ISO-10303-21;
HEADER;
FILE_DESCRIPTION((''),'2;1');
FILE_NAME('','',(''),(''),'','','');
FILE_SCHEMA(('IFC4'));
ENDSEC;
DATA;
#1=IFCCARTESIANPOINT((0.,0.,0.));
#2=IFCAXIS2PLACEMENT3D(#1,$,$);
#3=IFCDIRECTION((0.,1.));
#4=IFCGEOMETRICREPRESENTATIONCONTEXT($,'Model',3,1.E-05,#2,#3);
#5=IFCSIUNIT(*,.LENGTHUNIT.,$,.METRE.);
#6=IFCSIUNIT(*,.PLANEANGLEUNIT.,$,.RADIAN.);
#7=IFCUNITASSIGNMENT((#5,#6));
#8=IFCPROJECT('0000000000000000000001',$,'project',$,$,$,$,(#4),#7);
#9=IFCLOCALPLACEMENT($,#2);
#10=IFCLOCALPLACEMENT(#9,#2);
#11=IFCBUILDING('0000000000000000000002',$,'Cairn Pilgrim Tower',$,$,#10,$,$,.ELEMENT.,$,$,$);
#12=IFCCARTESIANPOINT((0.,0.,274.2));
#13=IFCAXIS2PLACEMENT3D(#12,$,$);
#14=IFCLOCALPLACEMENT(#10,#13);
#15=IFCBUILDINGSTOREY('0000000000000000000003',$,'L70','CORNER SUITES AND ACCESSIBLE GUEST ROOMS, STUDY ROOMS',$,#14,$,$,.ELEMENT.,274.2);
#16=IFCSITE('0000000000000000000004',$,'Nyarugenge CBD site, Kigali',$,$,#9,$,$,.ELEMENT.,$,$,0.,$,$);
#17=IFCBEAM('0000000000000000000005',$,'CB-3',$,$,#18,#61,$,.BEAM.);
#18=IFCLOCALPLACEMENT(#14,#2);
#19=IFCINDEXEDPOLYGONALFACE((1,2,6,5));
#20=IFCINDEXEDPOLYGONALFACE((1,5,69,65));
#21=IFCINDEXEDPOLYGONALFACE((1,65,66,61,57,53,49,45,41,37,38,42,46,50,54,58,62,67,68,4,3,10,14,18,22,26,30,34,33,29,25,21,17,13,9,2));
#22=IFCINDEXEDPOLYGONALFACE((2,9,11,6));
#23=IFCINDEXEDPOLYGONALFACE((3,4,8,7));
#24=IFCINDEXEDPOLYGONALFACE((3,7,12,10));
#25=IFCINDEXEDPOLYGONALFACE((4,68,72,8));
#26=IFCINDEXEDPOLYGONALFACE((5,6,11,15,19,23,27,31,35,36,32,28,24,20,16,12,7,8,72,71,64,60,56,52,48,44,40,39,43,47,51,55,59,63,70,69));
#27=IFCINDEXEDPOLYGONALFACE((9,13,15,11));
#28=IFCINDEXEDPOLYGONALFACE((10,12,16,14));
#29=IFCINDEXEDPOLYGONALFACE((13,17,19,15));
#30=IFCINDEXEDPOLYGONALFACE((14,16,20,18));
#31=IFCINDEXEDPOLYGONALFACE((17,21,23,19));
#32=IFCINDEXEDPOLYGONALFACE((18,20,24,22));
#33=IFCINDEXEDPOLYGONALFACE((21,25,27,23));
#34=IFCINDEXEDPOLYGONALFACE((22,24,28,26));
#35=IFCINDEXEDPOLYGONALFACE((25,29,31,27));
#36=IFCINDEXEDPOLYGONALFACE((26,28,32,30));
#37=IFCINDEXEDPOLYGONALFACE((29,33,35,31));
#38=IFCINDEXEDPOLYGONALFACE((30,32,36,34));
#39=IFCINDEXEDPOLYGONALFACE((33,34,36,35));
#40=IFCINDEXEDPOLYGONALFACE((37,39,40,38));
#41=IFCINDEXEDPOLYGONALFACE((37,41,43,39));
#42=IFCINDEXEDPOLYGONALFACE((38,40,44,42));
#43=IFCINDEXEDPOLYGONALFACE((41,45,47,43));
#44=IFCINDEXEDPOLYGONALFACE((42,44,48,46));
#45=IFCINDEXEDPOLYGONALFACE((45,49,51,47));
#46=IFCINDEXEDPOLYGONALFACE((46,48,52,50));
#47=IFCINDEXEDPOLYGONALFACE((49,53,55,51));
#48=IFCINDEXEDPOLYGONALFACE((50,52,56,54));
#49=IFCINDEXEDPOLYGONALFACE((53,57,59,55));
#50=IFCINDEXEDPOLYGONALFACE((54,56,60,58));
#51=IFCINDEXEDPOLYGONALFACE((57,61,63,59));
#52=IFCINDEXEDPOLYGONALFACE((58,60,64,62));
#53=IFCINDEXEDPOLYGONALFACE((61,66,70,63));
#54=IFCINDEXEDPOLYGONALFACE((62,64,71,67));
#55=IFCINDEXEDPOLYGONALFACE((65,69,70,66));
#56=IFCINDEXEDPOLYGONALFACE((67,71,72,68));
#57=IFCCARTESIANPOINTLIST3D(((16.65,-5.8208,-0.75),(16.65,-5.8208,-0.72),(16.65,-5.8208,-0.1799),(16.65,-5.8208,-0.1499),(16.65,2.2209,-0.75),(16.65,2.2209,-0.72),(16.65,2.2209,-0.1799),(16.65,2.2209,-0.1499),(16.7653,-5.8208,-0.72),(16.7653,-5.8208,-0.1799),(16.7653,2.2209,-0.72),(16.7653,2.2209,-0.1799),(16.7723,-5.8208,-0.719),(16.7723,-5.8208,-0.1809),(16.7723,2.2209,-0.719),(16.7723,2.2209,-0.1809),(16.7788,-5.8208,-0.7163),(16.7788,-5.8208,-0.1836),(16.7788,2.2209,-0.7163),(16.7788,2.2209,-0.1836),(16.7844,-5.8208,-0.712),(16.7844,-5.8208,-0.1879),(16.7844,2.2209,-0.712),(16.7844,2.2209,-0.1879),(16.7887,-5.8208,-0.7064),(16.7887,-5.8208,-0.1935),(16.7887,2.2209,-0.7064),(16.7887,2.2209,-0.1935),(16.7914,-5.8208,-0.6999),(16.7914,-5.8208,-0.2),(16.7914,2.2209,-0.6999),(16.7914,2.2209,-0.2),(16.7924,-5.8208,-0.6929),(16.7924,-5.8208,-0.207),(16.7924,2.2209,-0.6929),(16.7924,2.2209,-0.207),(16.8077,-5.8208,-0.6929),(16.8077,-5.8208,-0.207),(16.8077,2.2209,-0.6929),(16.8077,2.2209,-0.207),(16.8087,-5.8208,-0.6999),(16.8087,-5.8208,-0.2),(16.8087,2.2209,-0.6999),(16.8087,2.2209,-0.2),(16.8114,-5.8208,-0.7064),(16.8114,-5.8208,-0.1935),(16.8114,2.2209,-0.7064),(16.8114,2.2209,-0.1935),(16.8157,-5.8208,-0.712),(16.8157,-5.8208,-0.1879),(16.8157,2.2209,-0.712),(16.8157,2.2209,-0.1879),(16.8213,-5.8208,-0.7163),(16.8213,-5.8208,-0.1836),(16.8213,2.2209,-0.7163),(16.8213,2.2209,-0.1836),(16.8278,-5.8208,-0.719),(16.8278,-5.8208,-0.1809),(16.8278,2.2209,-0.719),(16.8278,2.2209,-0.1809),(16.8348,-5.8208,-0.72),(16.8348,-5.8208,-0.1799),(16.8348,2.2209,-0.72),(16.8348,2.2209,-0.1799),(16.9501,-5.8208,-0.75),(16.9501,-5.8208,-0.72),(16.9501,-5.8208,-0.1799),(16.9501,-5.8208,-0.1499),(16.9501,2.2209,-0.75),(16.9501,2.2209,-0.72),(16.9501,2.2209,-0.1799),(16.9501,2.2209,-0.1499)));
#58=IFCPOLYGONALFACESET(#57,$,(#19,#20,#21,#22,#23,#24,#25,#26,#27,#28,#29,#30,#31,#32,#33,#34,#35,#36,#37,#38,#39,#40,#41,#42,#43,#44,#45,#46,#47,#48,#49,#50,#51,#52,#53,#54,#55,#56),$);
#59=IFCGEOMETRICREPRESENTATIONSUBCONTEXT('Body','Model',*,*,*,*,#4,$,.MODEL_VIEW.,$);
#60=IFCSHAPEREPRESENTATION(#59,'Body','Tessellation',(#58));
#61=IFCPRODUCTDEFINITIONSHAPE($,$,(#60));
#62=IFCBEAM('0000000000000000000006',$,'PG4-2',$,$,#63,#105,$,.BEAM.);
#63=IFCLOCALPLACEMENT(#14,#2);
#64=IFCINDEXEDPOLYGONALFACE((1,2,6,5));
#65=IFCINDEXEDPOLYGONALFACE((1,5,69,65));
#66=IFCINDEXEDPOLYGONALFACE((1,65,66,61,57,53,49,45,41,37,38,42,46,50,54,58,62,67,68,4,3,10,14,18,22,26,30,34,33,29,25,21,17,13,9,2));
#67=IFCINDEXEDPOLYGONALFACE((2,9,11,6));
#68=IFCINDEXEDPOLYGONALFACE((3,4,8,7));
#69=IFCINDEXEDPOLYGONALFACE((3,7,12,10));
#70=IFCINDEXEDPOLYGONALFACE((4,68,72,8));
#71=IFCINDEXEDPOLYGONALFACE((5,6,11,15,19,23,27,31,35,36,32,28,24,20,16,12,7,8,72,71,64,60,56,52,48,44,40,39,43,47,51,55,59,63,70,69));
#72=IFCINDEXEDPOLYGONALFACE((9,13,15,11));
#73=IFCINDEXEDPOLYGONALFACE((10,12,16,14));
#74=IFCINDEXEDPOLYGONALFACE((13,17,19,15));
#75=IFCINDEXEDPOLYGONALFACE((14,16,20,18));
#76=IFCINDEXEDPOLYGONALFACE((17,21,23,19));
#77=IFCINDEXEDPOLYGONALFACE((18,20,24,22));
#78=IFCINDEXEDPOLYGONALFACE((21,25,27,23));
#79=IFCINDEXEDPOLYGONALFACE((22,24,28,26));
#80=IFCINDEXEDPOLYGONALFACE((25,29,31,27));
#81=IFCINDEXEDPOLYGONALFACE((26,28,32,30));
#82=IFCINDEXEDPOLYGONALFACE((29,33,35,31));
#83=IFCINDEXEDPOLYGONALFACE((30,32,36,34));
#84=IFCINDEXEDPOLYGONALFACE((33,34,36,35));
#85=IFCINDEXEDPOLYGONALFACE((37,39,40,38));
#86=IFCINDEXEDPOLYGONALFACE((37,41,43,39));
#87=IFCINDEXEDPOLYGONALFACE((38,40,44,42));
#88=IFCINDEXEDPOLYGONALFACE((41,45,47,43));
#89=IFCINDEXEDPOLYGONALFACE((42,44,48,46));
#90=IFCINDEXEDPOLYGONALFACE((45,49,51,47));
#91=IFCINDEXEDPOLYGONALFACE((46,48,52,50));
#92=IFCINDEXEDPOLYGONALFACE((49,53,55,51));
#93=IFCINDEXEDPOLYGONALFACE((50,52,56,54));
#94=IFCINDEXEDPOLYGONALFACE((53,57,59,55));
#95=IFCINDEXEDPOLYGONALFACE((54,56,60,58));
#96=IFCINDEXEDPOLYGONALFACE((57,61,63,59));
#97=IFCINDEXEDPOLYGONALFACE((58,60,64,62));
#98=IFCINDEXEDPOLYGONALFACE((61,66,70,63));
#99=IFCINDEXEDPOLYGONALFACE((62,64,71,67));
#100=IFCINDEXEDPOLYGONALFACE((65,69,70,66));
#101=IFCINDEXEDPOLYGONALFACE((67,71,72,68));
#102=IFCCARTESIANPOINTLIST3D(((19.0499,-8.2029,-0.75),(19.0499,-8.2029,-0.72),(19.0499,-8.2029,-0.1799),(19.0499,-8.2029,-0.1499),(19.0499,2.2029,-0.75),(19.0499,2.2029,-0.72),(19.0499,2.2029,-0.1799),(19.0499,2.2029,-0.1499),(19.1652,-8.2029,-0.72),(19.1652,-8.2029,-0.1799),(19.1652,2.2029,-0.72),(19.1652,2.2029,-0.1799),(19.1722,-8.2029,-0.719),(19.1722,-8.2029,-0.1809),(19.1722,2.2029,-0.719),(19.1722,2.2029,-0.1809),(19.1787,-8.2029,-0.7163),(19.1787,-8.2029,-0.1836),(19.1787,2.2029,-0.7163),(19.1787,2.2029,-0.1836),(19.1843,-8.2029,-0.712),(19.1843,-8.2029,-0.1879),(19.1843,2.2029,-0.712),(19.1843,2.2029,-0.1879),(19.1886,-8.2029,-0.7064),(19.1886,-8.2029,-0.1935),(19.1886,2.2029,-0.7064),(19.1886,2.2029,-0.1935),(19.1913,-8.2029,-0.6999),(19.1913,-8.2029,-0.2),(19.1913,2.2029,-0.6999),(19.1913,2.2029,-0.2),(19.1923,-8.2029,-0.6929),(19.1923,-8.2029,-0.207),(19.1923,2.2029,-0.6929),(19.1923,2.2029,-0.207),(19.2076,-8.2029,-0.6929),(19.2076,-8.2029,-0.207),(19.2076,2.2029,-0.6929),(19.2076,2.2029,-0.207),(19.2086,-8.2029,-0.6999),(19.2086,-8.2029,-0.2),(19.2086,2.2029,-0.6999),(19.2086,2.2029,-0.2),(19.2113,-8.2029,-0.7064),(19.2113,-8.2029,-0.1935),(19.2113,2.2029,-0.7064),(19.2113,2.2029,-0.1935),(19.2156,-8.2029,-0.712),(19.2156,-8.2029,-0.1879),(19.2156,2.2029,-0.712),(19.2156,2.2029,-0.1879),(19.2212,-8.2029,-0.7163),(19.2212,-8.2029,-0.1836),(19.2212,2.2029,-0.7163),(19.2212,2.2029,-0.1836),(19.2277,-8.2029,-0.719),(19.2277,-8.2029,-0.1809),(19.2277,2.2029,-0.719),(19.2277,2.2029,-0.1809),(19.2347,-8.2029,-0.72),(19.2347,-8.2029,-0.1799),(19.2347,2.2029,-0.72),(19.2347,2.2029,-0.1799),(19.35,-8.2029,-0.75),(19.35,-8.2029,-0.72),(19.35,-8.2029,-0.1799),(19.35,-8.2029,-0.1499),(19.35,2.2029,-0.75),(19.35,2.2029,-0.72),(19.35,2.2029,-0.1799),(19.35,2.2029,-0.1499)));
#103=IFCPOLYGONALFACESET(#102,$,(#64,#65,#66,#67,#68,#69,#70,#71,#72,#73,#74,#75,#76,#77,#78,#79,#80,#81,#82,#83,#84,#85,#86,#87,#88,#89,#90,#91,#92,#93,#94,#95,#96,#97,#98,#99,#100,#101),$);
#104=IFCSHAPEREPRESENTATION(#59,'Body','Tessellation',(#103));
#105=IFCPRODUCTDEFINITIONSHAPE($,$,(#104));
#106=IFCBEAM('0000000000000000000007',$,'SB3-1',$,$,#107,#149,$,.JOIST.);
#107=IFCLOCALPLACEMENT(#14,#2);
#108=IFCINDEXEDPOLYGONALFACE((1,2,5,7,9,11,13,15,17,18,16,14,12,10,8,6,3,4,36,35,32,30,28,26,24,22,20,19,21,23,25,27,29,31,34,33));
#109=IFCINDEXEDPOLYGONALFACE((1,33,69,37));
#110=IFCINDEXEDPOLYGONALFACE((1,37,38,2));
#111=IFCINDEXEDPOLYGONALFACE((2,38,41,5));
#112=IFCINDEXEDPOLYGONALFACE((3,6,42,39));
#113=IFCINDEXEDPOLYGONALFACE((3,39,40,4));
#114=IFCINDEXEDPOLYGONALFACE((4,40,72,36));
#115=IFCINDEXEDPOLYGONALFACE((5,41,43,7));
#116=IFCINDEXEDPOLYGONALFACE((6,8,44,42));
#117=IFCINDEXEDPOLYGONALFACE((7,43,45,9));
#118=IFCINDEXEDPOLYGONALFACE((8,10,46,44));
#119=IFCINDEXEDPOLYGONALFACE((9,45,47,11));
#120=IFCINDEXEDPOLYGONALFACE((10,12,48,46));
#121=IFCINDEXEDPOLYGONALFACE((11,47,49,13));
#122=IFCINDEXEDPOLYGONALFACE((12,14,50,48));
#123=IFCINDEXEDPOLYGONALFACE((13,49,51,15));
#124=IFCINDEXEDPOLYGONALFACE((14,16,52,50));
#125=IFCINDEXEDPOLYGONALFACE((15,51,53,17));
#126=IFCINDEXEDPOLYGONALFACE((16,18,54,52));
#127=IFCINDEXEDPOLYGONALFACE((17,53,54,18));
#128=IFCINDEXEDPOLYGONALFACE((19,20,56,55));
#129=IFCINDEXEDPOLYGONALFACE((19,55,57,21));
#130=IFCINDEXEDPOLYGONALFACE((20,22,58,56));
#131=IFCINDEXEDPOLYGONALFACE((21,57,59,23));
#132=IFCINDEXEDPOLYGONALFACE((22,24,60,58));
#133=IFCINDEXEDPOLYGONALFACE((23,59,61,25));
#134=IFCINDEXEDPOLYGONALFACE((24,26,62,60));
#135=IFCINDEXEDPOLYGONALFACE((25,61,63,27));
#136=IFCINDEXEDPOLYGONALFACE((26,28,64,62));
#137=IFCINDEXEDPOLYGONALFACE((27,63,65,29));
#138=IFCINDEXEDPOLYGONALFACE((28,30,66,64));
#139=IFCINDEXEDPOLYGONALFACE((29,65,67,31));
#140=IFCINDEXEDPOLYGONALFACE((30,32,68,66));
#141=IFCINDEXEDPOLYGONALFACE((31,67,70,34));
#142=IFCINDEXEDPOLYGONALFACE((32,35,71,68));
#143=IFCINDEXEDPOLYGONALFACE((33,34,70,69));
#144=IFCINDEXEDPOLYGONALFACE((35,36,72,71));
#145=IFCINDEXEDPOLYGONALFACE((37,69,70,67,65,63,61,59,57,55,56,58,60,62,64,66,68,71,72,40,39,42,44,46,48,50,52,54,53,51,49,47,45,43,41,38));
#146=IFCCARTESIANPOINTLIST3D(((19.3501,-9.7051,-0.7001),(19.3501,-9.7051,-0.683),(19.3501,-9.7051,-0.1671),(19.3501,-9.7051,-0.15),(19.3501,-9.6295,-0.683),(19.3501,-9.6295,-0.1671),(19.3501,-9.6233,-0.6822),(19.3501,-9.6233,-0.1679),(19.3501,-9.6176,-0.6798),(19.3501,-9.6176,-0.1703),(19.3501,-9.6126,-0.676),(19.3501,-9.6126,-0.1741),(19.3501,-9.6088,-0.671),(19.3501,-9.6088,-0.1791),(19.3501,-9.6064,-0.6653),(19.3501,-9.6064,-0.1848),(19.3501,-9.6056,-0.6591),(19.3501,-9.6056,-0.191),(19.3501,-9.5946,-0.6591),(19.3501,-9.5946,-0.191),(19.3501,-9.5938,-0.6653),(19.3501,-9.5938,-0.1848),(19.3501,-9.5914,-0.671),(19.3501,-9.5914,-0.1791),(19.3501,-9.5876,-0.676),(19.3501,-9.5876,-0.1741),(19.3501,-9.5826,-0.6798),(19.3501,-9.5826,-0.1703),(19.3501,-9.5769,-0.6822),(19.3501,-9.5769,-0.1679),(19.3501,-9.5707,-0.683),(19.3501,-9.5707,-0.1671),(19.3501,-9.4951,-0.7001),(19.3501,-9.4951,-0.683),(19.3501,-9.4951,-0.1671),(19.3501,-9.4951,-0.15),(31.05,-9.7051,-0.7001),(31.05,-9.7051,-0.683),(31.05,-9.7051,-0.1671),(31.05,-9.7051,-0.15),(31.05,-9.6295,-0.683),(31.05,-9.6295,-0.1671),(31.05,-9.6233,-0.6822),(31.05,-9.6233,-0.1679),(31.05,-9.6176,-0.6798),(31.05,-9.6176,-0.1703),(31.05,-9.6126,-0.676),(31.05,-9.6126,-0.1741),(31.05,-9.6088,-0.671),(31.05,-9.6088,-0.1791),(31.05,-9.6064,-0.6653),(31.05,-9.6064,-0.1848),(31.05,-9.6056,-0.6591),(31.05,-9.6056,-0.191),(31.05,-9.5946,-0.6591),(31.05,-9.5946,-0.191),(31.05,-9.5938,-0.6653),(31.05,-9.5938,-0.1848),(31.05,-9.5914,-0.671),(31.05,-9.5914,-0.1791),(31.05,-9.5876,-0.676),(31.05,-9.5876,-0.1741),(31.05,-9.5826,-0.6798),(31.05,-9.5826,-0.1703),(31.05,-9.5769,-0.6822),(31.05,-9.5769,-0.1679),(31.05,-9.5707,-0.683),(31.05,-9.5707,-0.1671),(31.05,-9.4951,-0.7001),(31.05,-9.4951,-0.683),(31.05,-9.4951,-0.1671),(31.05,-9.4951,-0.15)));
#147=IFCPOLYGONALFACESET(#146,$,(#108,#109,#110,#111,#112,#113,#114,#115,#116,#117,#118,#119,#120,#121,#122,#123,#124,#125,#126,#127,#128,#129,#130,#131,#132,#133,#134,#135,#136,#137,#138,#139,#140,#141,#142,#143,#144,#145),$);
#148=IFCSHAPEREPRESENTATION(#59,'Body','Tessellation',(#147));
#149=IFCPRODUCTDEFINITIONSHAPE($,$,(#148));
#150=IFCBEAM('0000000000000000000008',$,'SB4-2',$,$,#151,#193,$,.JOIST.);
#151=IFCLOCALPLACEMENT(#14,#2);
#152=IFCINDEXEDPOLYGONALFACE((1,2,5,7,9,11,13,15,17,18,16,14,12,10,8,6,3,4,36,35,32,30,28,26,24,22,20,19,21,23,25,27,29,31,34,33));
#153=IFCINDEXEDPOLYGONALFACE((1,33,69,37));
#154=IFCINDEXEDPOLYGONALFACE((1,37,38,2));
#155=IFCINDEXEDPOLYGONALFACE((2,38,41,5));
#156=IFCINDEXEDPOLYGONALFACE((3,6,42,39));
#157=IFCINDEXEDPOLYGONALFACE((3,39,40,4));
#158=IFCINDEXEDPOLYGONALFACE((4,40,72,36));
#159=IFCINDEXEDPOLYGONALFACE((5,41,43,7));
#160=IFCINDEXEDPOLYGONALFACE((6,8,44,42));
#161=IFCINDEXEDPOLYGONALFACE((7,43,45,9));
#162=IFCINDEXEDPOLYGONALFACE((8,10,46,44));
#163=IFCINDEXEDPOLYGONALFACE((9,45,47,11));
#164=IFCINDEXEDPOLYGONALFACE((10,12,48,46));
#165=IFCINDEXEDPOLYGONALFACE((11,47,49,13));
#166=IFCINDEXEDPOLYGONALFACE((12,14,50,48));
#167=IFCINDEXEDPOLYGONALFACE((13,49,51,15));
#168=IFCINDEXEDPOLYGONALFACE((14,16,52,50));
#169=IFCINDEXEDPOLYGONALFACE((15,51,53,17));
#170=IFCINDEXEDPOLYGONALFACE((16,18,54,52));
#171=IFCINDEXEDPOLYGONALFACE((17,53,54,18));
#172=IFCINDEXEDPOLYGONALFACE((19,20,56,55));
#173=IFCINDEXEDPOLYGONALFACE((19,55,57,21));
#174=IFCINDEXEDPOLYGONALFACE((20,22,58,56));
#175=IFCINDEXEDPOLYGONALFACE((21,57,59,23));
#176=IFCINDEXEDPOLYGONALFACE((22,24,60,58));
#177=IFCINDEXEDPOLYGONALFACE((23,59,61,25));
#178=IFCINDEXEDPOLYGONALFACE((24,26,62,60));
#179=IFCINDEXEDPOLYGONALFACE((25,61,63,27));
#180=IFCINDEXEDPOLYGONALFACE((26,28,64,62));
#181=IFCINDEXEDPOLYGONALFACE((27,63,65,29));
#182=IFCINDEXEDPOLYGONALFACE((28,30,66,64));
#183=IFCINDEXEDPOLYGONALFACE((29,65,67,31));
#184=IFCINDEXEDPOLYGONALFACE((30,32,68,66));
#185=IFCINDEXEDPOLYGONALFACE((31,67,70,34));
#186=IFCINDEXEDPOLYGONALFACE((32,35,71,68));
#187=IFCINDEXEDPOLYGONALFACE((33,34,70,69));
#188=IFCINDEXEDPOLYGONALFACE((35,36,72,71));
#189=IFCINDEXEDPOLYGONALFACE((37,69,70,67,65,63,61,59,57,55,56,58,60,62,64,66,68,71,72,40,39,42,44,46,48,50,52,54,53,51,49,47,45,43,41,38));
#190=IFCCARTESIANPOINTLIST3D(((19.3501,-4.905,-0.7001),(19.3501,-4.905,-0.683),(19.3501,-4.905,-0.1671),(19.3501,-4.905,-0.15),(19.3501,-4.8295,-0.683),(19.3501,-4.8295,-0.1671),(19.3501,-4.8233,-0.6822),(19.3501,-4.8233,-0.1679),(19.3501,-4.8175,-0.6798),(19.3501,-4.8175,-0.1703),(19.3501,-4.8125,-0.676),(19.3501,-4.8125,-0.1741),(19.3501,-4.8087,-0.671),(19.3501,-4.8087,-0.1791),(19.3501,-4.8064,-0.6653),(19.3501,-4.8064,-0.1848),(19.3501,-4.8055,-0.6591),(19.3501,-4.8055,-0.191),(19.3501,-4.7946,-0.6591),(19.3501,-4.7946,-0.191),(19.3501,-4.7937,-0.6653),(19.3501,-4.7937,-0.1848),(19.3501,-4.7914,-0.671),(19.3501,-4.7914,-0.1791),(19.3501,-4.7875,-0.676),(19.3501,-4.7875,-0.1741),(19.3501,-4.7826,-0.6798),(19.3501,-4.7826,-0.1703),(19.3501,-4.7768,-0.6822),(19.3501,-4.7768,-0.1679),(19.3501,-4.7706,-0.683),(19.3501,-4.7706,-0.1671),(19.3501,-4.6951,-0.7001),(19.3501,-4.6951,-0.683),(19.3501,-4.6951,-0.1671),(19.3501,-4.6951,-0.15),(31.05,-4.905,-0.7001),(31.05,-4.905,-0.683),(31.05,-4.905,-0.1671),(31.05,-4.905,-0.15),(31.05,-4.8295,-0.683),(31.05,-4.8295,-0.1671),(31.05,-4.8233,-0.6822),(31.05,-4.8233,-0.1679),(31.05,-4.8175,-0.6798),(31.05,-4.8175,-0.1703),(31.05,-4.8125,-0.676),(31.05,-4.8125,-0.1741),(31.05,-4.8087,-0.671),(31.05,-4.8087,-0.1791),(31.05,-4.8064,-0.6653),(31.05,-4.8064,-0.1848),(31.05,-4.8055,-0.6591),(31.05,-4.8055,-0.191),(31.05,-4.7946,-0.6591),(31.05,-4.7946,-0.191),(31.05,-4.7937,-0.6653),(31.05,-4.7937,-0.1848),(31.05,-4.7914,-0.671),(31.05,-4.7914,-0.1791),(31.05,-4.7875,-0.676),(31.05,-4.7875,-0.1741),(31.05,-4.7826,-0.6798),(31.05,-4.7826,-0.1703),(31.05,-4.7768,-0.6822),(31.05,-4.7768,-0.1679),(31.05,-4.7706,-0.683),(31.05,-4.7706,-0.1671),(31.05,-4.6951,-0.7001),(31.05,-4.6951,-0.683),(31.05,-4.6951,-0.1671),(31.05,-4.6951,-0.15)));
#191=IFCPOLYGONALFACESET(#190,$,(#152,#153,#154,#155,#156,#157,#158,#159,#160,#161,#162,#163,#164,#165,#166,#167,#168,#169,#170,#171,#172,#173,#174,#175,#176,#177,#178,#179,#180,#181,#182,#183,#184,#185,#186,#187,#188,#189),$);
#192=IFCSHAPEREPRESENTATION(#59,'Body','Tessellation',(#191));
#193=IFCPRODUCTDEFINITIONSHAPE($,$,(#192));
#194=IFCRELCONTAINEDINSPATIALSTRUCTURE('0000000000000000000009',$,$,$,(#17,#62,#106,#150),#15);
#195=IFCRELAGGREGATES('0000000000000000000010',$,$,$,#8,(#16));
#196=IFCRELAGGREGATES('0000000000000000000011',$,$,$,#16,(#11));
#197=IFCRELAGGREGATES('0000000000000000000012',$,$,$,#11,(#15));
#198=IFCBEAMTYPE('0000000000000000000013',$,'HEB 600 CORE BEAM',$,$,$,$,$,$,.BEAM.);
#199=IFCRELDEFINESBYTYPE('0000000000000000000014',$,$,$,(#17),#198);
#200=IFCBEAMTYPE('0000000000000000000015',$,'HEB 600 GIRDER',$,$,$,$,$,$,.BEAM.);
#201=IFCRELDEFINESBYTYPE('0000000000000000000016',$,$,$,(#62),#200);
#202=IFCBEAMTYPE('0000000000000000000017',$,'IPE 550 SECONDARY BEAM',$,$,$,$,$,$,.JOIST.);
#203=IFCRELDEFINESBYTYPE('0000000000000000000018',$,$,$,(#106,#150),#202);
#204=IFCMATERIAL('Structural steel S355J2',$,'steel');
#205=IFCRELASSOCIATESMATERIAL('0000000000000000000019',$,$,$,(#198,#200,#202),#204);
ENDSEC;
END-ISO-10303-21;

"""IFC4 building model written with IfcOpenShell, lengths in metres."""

from ifc_helpers import new_model, si_unit, direction, frame, origin, origin_2d, place, context, subcontext, project, spatial, i_section, extrude, material, material_profile, profile_set, type_object, element, save


model = new_model("IFC4")

# Units and contexts
model_context = context("Model", 3, precision=1e-05, world=origin(), true_north=direction((0.0, 1.0)))
body_context = subcontext(model_context, "Body", "Model", "MODEL_VIEW")
ifc_project = project(units=[si_unit("LENGTHUNIT", "METRE"), si_unit("PLANEANGLEUNIT", "RADIAN")], contexts=[model_context])

# Site, building, storey
site_placement = place(None, origin())
site = spatial("IfcSite", under=ifc_project, at=site_placement, Name="Nyarugenge CBD site, Kigali", CompositionType="ELEMENT", RefElevation=0.0)
building_placement = place(site_placement, origin())
building = spatial("IfcBuilding", under=site, at=building_placement, Name="Cairn Pilgrim Tower", CompositionType="ELEMENT")
storey_placement = place(building_placement, frame((0.0, 0.0, 274.2)))
storey = spatial("IfcBuildingStorey", under=building, at=storey_placement, Name="L70", Description="CORNER SUITES AND ACCESSIBLE GUEST ROOMS, STUDY ROOMS", CompositionType="ELEMENT", Elevation=274.2)

# Shared definitions
ifc_material_1 = material(Name="Structural steel S355J2", Category="steel")

# Beams
ifc_material_profile_1 = material_profile(ifc_material_1, i_section(OverallWidth=0.3, OverallDepth=0.6001, WebThickness=0.0154, FlangeThickness=0.03, FilletRadius=0.0271, at=origin_2d()), Name="HEB 600")
ifc_profile_set_1 = profile_set([ifc_material_profile_1], Name="Structural steel S355J2")
beam_type_1 = type_object("IfcBeamType", Name="HEB 600 CORE BEAM", PredefinedType="BEAM", material=ifc_profile_set_1)
beam_1_placement = place(storey_placement, frame((16.8, -5.8208, -0.45), z_axis=(0.0, 1.0, 0.0), x_axis=(-1.0, 0.0, 0.0)))
element("IfcBeam", 1, at=beam_1_placement, inside=storey, type_object=beam_type_1, Name="CB-3", PredefinedType="BEAM", context=body_context, shape_type="SweptSolid", body=[
    extrude(i_section(OverallWidth=0.3, OverallDepth=0.6001, WebThickness=0.0154, FlangeThickness=0.03, FilletRadius=0.0271, at=origin_2d()), origin(), (0.0, 0.0, 1.0), 8.0417),
])
ifc_material_profile_2 = material_profile(ifc_material_1, i_section(OverallWidth=0.3, OverallDepth=0.6001, WebThickness=0.0154, FlangeThickness=0.03, FilletRadius=0.0271, at=origin_2d()), Name="HEB 600")
ifc_profile_set_2 = profile_set([ifc_material_profile_2], Name="Structural steel S355J2")
beam_type_2 = type_object("IfcBeamType", Name="HEB 600 GIRDER", PredefinedType="BEAM", material=ifc_profile_set_2)
beam_2_placement = place(storey_placement, frame((19.2, -8.2029, -0.45), z_axis=(0.0, 1.0, 0.0), x_axis=(-1.0, 0.0, 0.0)))
element("IfcBeam", 2, at=beam_2_placement, inside=storey, type_object=beam_type_2, Name="PG4-2", PredefinedType="BEAM", context=body_context, shape_type="SweptSolid", body=[
    extrude(i_section(OverallWidth=0.3, OverallDepth=0.6001, WebThickness=0.0154, FlangeThickness=0.03, FilletRadius=0.0271, at=origin_2d()), origin(), (0.0, 0.0, 1.0), 10.4058),
])
ifc_material_profile_3 = material_profile(ifc_material_1, i_section(OverallWidth=0.21, OverallDepth=0.55, WebThickness=0.011, FlangeThickness=0.0171, FilletRadius=0.0239, at=origin_2d()), Name="IPE 550")
ifc_profile_set_3 = profile_set([ifc_material_profile_3], Name="Structural steel S355J2")
beam_type_3 = type_object("IfcBeamType", Name="IPE 550 SECONDARY BEAM", PredefinedType="JOIST", material=ifc_profile_set_3)
for number, where, z_axis, x_axis, name in (
    (3, (19.3501, -9.6001, -0.425), (1.0, 0.0, 0.0), (0.0, 1.0, 0.0), "SB3-1"),
    (4, (19.3501, -4.8, -0.425), (1.0, 0.0, 0.0), (0.0, 1.0, 0.0), "SB4-2"),
):
    element("IfcBeam", number, at=place(storey_placement, frame(where, z_axis=z_axis, x_axis=x_axis)), inside=storey, type_object=beam_type_3, Name=name, PredefinedType="JOIST", context=body_context, shape_type="SweptSolid", body=[
        extrude(i_section(OverallWidth=0.21, OverallDepth=0.55, WebThickness=0.011, FlangeThickness=0.0171, FilletRadius=0.0239, at=origin_2d()), origin(), (0.0, 0.0, 1.0), 11.7),
    ])

save(model, "model.ifc")
